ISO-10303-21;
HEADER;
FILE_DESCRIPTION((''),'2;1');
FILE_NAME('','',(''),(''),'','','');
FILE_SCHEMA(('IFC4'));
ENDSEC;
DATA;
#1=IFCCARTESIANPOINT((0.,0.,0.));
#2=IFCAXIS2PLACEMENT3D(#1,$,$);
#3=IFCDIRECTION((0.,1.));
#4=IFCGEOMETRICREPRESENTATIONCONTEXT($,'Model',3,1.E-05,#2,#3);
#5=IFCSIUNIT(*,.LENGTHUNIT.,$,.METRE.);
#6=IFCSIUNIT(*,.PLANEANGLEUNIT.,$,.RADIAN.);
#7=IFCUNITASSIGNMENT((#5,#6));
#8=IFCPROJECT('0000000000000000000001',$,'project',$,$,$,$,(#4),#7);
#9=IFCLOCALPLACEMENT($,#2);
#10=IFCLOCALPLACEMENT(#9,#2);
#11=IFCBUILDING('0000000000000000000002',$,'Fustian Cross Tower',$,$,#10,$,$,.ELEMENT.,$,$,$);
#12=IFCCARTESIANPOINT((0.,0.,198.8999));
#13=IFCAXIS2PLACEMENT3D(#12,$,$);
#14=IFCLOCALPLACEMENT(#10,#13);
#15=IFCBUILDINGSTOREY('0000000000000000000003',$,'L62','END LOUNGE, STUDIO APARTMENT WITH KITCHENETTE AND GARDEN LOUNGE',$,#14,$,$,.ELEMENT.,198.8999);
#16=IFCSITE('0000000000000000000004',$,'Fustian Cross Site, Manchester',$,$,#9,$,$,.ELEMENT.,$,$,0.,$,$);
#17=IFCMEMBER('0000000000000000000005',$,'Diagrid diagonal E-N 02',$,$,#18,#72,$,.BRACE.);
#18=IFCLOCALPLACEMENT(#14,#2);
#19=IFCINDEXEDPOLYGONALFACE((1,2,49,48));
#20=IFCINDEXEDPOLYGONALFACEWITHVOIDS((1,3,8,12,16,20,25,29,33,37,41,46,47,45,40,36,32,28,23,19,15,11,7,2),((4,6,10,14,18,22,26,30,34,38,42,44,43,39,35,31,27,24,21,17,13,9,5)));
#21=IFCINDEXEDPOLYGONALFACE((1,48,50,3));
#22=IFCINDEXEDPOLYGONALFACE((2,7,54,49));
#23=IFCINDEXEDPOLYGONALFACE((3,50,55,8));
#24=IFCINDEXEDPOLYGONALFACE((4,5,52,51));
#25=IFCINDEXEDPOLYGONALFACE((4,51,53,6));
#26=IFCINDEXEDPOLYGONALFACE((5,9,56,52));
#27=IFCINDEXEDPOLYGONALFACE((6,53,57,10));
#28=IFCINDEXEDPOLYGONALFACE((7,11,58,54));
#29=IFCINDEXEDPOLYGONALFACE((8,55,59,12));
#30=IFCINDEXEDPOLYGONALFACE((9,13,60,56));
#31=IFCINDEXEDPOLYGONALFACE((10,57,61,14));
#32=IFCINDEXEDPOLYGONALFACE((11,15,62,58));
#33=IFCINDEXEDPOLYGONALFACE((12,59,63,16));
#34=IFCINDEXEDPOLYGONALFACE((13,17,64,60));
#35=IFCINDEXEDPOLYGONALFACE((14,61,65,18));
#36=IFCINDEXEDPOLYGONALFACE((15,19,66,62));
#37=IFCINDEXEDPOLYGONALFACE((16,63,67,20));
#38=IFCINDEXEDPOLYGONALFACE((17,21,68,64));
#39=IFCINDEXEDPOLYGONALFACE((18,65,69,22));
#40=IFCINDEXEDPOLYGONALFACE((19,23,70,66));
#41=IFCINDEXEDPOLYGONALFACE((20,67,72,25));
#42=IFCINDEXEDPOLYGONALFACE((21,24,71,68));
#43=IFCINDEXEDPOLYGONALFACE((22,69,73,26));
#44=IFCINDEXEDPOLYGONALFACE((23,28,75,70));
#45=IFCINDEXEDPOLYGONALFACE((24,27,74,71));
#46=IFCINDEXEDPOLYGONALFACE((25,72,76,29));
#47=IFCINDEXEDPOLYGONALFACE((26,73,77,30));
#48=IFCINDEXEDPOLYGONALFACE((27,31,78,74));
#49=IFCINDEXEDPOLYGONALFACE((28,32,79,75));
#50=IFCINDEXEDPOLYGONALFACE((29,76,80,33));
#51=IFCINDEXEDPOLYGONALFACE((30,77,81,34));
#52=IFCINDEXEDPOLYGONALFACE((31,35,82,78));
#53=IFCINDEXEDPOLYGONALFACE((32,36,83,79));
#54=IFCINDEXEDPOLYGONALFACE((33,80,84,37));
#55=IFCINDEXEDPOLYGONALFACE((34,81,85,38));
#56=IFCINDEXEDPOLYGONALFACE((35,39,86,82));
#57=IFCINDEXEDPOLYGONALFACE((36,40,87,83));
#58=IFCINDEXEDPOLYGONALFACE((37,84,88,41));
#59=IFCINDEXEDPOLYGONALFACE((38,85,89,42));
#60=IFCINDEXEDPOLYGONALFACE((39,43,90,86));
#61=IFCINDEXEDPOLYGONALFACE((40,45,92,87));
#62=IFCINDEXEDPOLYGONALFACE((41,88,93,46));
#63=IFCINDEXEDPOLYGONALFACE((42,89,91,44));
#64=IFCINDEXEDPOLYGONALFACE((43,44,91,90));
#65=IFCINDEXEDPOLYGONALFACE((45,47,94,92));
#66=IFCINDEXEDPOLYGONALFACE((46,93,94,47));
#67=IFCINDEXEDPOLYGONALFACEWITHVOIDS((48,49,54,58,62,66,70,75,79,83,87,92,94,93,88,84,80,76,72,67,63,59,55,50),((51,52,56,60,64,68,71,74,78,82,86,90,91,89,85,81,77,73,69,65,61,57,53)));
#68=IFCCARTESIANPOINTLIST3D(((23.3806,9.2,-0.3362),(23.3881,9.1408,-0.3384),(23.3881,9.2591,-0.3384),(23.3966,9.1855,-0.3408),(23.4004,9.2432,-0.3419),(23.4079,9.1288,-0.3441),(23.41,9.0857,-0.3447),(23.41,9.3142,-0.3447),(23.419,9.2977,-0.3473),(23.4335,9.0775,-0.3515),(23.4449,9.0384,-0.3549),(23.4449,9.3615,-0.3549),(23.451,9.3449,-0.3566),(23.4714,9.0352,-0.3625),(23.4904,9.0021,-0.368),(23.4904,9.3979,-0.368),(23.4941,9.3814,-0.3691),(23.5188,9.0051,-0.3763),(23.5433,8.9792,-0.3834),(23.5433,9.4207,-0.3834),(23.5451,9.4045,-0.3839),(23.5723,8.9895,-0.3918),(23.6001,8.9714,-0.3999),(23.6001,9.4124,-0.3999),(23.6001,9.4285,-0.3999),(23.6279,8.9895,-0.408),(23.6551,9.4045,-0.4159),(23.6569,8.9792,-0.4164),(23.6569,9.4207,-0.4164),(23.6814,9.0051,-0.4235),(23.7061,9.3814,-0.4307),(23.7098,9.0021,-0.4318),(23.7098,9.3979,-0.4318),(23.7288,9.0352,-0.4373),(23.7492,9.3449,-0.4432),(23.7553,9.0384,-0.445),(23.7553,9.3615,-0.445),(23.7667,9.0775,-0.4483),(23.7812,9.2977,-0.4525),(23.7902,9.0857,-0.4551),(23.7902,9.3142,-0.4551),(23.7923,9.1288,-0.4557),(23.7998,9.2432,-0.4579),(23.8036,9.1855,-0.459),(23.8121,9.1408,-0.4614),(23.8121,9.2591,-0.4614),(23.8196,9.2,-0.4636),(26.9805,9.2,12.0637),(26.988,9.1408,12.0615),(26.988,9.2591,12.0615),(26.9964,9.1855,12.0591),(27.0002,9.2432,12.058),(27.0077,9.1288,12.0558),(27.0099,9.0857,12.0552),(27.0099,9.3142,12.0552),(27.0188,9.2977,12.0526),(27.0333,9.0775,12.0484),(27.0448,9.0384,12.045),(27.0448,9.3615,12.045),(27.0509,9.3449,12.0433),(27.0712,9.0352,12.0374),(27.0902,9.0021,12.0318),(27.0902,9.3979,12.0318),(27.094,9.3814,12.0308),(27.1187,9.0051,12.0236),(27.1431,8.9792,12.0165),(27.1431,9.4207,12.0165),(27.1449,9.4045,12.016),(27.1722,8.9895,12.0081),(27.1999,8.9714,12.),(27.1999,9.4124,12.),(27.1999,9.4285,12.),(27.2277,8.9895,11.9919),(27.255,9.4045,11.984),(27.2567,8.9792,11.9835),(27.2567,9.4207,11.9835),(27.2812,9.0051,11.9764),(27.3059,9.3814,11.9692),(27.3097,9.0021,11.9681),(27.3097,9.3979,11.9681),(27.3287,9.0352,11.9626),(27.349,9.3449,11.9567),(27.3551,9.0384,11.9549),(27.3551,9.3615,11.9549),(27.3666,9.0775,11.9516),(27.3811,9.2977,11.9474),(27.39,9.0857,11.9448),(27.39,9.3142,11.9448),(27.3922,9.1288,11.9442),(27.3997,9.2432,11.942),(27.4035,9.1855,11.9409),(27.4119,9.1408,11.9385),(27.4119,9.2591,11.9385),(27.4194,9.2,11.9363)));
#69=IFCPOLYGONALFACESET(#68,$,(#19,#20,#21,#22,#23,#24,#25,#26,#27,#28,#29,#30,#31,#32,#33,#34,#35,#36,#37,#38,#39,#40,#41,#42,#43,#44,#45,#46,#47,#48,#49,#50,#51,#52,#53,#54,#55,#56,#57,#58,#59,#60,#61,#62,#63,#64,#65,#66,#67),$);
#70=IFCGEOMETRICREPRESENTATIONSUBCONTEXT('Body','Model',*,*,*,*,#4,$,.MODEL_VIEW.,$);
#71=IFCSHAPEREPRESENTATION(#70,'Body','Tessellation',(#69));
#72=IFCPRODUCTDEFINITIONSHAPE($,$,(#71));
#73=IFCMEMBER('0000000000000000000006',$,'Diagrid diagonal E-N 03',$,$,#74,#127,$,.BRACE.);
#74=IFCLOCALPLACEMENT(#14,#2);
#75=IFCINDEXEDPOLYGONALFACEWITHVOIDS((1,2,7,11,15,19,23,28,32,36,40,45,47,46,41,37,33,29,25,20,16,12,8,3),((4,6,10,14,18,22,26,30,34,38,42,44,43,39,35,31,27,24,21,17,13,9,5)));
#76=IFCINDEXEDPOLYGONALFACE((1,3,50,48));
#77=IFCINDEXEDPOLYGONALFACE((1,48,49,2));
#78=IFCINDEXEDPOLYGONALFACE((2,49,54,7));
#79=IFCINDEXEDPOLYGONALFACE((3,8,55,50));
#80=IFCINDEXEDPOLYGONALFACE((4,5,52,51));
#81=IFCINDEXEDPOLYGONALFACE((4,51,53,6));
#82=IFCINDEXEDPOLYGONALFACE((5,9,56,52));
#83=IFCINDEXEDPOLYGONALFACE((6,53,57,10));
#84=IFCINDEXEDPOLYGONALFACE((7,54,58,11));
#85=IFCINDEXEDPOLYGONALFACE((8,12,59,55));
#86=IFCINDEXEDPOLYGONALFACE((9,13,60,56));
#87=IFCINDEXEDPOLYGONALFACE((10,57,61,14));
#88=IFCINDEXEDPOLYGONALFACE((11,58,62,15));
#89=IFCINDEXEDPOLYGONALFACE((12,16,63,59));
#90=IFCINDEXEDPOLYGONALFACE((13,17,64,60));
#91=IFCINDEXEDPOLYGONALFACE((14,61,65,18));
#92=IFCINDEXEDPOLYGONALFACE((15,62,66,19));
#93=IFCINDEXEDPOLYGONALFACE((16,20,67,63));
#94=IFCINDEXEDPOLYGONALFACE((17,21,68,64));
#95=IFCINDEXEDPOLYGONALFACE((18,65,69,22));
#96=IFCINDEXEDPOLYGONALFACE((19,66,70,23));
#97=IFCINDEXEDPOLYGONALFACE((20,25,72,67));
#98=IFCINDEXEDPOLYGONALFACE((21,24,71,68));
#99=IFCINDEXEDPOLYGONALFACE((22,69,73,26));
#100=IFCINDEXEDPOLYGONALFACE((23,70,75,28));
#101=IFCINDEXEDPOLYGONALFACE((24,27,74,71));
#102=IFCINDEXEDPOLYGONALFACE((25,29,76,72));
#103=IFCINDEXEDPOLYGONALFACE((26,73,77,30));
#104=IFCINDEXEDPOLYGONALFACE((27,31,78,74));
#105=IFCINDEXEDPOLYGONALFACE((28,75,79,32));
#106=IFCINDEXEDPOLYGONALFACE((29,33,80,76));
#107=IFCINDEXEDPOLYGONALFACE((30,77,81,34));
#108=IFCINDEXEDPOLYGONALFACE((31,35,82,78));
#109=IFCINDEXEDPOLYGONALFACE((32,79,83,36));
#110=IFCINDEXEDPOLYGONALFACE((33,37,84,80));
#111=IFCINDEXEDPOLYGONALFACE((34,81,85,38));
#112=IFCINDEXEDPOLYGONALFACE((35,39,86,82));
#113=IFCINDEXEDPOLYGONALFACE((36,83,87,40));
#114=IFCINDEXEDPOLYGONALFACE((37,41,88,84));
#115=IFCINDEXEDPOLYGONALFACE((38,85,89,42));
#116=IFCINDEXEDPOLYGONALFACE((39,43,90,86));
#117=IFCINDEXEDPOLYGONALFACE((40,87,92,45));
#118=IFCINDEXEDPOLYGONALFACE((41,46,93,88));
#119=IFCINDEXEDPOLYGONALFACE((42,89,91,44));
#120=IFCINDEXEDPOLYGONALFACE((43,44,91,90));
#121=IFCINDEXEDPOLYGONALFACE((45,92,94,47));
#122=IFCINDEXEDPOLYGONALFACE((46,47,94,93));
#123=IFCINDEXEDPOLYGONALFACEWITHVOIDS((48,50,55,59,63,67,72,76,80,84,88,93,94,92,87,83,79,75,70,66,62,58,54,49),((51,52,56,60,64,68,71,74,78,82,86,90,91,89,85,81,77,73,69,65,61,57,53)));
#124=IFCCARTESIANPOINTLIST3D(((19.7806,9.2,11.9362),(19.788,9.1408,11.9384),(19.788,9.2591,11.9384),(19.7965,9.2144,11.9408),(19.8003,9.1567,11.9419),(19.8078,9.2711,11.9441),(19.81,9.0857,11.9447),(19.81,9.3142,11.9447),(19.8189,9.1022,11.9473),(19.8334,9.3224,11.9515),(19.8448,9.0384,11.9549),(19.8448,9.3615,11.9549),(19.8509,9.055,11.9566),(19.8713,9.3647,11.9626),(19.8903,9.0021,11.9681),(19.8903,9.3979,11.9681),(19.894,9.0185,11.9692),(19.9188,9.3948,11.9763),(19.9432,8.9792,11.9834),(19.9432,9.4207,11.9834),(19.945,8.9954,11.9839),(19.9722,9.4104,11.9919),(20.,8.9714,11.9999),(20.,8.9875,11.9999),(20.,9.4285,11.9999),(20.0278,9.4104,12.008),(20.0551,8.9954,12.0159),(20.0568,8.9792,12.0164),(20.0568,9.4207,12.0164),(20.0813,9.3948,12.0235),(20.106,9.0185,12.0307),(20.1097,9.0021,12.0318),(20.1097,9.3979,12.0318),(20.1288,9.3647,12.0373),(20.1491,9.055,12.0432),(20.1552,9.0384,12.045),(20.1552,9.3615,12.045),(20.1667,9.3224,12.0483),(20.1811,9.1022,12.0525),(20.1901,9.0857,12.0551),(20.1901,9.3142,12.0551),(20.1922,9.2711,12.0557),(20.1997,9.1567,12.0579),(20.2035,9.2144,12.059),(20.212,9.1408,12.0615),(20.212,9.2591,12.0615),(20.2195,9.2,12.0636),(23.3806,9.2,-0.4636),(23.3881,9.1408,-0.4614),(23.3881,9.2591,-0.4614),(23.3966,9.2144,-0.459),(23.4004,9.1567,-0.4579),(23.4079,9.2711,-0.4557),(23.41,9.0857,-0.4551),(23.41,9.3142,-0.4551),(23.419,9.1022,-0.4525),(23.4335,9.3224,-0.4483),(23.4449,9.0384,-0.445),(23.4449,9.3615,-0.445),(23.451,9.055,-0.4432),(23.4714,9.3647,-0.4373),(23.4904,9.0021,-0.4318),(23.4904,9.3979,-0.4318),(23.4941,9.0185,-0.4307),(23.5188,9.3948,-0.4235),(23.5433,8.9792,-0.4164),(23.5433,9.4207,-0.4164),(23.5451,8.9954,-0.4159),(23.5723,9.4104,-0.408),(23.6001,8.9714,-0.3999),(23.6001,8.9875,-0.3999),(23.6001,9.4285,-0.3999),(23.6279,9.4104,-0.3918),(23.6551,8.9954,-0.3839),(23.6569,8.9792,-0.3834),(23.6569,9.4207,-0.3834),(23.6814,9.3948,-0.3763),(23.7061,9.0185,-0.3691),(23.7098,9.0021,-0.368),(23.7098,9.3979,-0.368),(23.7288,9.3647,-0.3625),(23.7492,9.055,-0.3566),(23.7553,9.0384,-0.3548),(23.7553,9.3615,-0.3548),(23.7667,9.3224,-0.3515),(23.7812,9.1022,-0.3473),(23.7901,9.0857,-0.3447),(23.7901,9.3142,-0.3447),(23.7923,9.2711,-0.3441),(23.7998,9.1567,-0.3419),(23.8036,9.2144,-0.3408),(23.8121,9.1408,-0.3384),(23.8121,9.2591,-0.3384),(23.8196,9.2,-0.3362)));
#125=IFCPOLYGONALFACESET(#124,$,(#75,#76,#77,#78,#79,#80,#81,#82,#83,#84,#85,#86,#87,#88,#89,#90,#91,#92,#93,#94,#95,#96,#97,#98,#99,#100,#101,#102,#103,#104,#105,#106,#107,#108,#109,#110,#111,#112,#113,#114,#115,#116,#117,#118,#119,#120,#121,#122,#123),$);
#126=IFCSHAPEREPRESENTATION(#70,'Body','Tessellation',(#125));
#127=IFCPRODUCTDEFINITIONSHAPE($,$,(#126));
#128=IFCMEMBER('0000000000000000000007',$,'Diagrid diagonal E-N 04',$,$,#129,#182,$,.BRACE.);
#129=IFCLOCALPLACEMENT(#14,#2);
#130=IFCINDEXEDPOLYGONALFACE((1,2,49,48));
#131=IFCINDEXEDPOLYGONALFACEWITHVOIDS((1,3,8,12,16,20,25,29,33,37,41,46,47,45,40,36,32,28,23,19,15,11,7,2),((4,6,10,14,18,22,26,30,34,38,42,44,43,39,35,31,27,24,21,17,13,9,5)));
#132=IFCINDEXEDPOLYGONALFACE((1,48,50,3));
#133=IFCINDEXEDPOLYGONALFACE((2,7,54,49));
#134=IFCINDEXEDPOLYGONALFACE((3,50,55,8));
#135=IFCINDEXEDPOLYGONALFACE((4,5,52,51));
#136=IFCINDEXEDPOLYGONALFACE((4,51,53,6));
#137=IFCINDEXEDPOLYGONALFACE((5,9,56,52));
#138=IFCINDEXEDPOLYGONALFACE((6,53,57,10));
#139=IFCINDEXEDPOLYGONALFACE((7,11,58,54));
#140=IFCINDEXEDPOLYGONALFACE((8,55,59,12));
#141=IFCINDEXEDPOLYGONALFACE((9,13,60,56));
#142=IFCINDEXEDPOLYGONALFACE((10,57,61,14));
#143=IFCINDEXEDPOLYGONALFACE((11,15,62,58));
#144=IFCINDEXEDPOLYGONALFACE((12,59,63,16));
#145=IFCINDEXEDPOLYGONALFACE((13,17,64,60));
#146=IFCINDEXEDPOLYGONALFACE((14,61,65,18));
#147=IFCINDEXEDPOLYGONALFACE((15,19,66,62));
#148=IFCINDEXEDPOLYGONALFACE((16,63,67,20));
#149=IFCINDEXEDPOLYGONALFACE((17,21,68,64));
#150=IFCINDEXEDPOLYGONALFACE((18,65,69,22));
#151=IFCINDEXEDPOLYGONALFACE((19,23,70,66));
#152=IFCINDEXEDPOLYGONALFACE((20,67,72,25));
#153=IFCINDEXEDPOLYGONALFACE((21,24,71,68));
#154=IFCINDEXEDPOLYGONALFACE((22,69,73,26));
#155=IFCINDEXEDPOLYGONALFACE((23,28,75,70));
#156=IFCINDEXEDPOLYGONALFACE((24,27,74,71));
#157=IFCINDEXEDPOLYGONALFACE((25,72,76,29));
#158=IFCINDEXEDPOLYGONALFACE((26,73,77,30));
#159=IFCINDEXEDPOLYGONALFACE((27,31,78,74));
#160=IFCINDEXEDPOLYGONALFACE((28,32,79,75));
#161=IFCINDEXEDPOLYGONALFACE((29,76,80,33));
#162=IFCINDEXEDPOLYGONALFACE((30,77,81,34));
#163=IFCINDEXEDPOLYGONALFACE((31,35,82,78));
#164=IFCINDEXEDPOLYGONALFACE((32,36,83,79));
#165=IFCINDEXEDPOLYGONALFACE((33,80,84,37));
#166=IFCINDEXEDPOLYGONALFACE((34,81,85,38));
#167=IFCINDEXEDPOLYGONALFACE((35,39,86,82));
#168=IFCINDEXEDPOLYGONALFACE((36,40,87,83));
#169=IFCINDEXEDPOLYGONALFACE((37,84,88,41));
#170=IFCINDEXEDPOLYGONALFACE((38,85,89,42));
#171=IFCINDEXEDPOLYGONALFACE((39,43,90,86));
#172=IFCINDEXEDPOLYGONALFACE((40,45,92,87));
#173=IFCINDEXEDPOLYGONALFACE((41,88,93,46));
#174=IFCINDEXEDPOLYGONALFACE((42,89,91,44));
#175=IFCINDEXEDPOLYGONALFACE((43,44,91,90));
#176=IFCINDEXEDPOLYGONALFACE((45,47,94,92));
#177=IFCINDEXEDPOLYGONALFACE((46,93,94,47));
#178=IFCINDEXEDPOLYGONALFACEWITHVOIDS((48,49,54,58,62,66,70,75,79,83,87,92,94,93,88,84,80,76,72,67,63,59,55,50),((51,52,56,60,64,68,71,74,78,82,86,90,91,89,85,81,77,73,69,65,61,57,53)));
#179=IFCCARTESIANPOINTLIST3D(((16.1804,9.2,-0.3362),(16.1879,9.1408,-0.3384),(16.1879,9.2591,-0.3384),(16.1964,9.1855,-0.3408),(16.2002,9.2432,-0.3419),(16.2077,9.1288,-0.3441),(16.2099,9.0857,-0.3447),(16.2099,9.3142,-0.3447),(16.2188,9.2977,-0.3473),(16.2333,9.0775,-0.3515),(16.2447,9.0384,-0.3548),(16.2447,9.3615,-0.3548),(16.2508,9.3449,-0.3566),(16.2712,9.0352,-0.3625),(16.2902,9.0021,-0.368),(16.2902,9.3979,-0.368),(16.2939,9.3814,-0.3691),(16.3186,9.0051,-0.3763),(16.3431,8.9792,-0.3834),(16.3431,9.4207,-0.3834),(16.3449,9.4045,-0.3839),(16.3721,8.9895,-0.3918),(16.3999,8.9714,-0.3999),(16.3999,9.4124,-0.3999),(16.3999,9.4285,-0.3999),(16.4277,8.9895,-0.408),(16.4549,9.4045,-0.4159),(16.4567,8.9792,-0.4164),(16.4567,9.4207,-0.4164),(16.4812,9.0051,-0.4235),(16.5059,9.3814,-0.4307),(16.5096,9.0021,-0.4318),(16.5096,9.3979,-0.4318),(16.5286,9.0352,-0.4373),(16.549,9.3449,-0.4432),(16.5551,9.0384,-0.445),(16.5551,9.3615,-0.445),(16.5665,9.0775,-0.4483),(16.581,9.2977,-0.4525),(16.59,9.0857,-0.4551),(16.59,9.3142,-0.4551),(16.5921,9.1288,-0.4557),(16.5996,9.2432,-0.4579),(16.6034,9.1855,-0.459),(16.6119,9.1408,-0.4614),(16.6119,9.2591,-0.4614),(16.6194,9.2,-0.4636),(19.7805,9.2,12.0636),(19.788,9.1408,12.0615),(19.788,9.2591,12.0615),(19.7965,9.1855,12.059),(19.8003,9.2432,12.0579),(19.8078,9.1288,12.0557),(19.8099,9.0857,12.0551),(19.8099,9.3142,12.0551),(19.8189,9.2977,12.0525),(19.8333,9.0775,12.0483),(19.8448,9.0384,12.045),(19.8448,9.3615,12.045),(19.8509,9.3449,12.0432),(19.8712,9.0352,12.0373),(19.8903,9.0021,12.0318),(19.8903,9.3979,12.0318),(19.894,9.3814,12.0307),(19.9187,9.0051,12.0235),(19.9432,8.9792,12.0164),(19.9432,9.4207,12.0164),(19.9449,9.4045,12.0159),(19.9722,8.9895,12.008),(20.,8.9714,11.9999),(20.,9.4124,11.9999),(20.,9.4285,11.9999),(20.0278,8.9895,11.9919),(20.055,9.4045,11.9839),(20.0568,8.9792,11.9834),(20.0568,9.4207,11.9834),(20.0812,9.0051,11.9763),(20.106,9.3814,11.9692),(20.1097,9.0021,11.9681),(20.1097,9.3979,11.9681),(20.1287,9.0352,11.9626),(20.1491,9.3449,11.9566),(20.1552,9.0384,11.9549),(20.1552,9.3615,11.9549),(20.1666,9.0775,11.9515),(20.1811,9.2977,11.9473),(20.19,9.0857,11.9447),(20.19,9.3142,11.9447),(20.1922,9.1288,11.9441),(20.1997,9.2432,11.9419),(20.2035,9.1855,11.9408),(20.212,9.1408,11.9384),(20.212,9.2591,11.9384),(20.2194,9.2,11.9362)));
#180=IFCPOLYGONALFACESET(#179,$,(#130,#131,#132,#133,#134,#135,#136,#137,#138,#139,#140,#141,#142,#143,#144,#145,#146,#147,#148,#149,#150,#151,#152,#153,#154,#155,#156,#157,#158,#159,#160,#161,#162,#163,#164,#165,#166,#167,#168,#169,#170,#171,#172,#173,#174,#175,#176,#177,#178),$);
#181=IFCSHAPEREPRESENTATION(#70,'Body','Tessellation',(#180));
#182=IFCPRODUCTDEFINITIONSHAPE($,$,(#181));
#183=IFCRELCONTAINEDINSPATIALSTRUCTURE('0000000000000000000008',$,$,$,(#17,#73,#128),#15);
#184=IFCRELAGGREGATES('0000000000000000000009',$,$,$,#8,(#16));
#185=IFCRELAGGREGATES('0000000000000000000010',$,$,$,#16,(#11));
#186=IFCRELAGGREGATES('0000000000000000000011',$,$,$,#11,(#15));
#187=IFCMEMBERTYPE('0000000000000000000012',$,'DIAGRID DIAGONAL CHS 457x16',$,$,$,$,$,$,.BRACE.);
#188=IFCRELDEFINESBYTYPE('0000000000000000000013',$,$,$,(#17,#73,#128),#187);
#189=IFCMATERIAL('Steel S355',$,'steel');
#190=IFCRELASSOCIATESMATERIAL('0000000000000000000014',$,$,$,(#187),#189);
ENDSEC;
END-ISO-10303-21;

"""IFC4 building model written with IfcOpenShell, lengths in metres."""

from ifc_helpers import new_model, si_unit, direction, frame, origin, origin_2d, place, context, subcontext, project, spatial, hollow_circle, extrude, material, material_profile, profile_set, type_object, element, save


model = new_model("IFC4")

# Units and contexts
model_context = context("Model", 3, precision=1e-05, world=origin(), true_north=direction((0.0, 1.0)))
body_context = subcontext(model_context, "Body", "Model", "MODEL_VIEW")
ifc_project = project(units=[si_unit("LENGTHUNIT", "METRE"), si_unit("PLANEANGLEUNIT", "RADIAN")], contexts=[model_context])

# Site, building, storey
site_placement = place(None, origin())
site = spatial("IfcSite", under=ifc_project, at=site_placement, Name="Fustian Cross Site, Manchester", CompositionType="ELEMENT", RefElevation=0.0)
building_placement = place(site_placement, origin())
building = spatial("IfcBuilding", under=site, at=building_placement, Name="Fustian Cross Tower", CompositionType="ELEMENT")
storey_placement = place(building_placement, frame((0.0, 0.0, 198.8999)))
storey = spatial("IfcBuildingStorey", under=building, at=storey_placement, Name="L62", Description="END LOUNGE, STUDIO APARTMENT WITH KITCHENETTE AND GARDEN LOUNGE", CompositionType="ELEMENT", Elevation=198.8999)

# Members
ifc_material_1 = material(Name="Steel S355", Category="steel")
ifc_material_profile_1 = material_profile(ifc_material_1, hollow_circle(Radius=0.2285, WallThickness=0.0161, at=origin_2d()), Name="CHS 457x16")
ifc_profile_set_1 = profile_set([ifc_material_profile_1], Name="Steel S355")
member_type_1 = type_object("IfcMemberType", Name="DIAGRID DIAGONAL CHS 457x16", PredefinedType="BRACE", material=ifc_profile_set_1)
for number, where, z_axis, x_axis, name in (
    (1, (23.6001, 9.2, -0.3999), (0.278802, 0.0, 0.960349), (0.0, 1.0, 0.0), "Diagrid diagonal E-N 02"),
    (2, (23.6001, 9.2, -0.3999), (-0.278819, 0.0, 0.960344), (0.0, -1.0, 0.0), "Diagrid diagonal E-N 03"),
    (3, (16.3999, 9.2, -0.3999), (0.278819, 0.0, 0.960344), (0.0, 1.0, 0.0), "Diagrid diagonal E-N 04"),
):
    element("IfcMember", number, at=place(storey_placement, frame(where, z_axis=z_axis, x_axis=x_axis)), inside=storey, type_object=member_type_1, Name=name, PredefinedType="BRACE", context=body_context, shape_type="SweptSolid", body=[
        extrude(hollow_circle(Radius=0.2285, WallThickness=0.0161, at=origin_2d()), origin(), (0.0, 0.0, 1.0), 12.9119),
    ])

save(model, "model.ifc")
